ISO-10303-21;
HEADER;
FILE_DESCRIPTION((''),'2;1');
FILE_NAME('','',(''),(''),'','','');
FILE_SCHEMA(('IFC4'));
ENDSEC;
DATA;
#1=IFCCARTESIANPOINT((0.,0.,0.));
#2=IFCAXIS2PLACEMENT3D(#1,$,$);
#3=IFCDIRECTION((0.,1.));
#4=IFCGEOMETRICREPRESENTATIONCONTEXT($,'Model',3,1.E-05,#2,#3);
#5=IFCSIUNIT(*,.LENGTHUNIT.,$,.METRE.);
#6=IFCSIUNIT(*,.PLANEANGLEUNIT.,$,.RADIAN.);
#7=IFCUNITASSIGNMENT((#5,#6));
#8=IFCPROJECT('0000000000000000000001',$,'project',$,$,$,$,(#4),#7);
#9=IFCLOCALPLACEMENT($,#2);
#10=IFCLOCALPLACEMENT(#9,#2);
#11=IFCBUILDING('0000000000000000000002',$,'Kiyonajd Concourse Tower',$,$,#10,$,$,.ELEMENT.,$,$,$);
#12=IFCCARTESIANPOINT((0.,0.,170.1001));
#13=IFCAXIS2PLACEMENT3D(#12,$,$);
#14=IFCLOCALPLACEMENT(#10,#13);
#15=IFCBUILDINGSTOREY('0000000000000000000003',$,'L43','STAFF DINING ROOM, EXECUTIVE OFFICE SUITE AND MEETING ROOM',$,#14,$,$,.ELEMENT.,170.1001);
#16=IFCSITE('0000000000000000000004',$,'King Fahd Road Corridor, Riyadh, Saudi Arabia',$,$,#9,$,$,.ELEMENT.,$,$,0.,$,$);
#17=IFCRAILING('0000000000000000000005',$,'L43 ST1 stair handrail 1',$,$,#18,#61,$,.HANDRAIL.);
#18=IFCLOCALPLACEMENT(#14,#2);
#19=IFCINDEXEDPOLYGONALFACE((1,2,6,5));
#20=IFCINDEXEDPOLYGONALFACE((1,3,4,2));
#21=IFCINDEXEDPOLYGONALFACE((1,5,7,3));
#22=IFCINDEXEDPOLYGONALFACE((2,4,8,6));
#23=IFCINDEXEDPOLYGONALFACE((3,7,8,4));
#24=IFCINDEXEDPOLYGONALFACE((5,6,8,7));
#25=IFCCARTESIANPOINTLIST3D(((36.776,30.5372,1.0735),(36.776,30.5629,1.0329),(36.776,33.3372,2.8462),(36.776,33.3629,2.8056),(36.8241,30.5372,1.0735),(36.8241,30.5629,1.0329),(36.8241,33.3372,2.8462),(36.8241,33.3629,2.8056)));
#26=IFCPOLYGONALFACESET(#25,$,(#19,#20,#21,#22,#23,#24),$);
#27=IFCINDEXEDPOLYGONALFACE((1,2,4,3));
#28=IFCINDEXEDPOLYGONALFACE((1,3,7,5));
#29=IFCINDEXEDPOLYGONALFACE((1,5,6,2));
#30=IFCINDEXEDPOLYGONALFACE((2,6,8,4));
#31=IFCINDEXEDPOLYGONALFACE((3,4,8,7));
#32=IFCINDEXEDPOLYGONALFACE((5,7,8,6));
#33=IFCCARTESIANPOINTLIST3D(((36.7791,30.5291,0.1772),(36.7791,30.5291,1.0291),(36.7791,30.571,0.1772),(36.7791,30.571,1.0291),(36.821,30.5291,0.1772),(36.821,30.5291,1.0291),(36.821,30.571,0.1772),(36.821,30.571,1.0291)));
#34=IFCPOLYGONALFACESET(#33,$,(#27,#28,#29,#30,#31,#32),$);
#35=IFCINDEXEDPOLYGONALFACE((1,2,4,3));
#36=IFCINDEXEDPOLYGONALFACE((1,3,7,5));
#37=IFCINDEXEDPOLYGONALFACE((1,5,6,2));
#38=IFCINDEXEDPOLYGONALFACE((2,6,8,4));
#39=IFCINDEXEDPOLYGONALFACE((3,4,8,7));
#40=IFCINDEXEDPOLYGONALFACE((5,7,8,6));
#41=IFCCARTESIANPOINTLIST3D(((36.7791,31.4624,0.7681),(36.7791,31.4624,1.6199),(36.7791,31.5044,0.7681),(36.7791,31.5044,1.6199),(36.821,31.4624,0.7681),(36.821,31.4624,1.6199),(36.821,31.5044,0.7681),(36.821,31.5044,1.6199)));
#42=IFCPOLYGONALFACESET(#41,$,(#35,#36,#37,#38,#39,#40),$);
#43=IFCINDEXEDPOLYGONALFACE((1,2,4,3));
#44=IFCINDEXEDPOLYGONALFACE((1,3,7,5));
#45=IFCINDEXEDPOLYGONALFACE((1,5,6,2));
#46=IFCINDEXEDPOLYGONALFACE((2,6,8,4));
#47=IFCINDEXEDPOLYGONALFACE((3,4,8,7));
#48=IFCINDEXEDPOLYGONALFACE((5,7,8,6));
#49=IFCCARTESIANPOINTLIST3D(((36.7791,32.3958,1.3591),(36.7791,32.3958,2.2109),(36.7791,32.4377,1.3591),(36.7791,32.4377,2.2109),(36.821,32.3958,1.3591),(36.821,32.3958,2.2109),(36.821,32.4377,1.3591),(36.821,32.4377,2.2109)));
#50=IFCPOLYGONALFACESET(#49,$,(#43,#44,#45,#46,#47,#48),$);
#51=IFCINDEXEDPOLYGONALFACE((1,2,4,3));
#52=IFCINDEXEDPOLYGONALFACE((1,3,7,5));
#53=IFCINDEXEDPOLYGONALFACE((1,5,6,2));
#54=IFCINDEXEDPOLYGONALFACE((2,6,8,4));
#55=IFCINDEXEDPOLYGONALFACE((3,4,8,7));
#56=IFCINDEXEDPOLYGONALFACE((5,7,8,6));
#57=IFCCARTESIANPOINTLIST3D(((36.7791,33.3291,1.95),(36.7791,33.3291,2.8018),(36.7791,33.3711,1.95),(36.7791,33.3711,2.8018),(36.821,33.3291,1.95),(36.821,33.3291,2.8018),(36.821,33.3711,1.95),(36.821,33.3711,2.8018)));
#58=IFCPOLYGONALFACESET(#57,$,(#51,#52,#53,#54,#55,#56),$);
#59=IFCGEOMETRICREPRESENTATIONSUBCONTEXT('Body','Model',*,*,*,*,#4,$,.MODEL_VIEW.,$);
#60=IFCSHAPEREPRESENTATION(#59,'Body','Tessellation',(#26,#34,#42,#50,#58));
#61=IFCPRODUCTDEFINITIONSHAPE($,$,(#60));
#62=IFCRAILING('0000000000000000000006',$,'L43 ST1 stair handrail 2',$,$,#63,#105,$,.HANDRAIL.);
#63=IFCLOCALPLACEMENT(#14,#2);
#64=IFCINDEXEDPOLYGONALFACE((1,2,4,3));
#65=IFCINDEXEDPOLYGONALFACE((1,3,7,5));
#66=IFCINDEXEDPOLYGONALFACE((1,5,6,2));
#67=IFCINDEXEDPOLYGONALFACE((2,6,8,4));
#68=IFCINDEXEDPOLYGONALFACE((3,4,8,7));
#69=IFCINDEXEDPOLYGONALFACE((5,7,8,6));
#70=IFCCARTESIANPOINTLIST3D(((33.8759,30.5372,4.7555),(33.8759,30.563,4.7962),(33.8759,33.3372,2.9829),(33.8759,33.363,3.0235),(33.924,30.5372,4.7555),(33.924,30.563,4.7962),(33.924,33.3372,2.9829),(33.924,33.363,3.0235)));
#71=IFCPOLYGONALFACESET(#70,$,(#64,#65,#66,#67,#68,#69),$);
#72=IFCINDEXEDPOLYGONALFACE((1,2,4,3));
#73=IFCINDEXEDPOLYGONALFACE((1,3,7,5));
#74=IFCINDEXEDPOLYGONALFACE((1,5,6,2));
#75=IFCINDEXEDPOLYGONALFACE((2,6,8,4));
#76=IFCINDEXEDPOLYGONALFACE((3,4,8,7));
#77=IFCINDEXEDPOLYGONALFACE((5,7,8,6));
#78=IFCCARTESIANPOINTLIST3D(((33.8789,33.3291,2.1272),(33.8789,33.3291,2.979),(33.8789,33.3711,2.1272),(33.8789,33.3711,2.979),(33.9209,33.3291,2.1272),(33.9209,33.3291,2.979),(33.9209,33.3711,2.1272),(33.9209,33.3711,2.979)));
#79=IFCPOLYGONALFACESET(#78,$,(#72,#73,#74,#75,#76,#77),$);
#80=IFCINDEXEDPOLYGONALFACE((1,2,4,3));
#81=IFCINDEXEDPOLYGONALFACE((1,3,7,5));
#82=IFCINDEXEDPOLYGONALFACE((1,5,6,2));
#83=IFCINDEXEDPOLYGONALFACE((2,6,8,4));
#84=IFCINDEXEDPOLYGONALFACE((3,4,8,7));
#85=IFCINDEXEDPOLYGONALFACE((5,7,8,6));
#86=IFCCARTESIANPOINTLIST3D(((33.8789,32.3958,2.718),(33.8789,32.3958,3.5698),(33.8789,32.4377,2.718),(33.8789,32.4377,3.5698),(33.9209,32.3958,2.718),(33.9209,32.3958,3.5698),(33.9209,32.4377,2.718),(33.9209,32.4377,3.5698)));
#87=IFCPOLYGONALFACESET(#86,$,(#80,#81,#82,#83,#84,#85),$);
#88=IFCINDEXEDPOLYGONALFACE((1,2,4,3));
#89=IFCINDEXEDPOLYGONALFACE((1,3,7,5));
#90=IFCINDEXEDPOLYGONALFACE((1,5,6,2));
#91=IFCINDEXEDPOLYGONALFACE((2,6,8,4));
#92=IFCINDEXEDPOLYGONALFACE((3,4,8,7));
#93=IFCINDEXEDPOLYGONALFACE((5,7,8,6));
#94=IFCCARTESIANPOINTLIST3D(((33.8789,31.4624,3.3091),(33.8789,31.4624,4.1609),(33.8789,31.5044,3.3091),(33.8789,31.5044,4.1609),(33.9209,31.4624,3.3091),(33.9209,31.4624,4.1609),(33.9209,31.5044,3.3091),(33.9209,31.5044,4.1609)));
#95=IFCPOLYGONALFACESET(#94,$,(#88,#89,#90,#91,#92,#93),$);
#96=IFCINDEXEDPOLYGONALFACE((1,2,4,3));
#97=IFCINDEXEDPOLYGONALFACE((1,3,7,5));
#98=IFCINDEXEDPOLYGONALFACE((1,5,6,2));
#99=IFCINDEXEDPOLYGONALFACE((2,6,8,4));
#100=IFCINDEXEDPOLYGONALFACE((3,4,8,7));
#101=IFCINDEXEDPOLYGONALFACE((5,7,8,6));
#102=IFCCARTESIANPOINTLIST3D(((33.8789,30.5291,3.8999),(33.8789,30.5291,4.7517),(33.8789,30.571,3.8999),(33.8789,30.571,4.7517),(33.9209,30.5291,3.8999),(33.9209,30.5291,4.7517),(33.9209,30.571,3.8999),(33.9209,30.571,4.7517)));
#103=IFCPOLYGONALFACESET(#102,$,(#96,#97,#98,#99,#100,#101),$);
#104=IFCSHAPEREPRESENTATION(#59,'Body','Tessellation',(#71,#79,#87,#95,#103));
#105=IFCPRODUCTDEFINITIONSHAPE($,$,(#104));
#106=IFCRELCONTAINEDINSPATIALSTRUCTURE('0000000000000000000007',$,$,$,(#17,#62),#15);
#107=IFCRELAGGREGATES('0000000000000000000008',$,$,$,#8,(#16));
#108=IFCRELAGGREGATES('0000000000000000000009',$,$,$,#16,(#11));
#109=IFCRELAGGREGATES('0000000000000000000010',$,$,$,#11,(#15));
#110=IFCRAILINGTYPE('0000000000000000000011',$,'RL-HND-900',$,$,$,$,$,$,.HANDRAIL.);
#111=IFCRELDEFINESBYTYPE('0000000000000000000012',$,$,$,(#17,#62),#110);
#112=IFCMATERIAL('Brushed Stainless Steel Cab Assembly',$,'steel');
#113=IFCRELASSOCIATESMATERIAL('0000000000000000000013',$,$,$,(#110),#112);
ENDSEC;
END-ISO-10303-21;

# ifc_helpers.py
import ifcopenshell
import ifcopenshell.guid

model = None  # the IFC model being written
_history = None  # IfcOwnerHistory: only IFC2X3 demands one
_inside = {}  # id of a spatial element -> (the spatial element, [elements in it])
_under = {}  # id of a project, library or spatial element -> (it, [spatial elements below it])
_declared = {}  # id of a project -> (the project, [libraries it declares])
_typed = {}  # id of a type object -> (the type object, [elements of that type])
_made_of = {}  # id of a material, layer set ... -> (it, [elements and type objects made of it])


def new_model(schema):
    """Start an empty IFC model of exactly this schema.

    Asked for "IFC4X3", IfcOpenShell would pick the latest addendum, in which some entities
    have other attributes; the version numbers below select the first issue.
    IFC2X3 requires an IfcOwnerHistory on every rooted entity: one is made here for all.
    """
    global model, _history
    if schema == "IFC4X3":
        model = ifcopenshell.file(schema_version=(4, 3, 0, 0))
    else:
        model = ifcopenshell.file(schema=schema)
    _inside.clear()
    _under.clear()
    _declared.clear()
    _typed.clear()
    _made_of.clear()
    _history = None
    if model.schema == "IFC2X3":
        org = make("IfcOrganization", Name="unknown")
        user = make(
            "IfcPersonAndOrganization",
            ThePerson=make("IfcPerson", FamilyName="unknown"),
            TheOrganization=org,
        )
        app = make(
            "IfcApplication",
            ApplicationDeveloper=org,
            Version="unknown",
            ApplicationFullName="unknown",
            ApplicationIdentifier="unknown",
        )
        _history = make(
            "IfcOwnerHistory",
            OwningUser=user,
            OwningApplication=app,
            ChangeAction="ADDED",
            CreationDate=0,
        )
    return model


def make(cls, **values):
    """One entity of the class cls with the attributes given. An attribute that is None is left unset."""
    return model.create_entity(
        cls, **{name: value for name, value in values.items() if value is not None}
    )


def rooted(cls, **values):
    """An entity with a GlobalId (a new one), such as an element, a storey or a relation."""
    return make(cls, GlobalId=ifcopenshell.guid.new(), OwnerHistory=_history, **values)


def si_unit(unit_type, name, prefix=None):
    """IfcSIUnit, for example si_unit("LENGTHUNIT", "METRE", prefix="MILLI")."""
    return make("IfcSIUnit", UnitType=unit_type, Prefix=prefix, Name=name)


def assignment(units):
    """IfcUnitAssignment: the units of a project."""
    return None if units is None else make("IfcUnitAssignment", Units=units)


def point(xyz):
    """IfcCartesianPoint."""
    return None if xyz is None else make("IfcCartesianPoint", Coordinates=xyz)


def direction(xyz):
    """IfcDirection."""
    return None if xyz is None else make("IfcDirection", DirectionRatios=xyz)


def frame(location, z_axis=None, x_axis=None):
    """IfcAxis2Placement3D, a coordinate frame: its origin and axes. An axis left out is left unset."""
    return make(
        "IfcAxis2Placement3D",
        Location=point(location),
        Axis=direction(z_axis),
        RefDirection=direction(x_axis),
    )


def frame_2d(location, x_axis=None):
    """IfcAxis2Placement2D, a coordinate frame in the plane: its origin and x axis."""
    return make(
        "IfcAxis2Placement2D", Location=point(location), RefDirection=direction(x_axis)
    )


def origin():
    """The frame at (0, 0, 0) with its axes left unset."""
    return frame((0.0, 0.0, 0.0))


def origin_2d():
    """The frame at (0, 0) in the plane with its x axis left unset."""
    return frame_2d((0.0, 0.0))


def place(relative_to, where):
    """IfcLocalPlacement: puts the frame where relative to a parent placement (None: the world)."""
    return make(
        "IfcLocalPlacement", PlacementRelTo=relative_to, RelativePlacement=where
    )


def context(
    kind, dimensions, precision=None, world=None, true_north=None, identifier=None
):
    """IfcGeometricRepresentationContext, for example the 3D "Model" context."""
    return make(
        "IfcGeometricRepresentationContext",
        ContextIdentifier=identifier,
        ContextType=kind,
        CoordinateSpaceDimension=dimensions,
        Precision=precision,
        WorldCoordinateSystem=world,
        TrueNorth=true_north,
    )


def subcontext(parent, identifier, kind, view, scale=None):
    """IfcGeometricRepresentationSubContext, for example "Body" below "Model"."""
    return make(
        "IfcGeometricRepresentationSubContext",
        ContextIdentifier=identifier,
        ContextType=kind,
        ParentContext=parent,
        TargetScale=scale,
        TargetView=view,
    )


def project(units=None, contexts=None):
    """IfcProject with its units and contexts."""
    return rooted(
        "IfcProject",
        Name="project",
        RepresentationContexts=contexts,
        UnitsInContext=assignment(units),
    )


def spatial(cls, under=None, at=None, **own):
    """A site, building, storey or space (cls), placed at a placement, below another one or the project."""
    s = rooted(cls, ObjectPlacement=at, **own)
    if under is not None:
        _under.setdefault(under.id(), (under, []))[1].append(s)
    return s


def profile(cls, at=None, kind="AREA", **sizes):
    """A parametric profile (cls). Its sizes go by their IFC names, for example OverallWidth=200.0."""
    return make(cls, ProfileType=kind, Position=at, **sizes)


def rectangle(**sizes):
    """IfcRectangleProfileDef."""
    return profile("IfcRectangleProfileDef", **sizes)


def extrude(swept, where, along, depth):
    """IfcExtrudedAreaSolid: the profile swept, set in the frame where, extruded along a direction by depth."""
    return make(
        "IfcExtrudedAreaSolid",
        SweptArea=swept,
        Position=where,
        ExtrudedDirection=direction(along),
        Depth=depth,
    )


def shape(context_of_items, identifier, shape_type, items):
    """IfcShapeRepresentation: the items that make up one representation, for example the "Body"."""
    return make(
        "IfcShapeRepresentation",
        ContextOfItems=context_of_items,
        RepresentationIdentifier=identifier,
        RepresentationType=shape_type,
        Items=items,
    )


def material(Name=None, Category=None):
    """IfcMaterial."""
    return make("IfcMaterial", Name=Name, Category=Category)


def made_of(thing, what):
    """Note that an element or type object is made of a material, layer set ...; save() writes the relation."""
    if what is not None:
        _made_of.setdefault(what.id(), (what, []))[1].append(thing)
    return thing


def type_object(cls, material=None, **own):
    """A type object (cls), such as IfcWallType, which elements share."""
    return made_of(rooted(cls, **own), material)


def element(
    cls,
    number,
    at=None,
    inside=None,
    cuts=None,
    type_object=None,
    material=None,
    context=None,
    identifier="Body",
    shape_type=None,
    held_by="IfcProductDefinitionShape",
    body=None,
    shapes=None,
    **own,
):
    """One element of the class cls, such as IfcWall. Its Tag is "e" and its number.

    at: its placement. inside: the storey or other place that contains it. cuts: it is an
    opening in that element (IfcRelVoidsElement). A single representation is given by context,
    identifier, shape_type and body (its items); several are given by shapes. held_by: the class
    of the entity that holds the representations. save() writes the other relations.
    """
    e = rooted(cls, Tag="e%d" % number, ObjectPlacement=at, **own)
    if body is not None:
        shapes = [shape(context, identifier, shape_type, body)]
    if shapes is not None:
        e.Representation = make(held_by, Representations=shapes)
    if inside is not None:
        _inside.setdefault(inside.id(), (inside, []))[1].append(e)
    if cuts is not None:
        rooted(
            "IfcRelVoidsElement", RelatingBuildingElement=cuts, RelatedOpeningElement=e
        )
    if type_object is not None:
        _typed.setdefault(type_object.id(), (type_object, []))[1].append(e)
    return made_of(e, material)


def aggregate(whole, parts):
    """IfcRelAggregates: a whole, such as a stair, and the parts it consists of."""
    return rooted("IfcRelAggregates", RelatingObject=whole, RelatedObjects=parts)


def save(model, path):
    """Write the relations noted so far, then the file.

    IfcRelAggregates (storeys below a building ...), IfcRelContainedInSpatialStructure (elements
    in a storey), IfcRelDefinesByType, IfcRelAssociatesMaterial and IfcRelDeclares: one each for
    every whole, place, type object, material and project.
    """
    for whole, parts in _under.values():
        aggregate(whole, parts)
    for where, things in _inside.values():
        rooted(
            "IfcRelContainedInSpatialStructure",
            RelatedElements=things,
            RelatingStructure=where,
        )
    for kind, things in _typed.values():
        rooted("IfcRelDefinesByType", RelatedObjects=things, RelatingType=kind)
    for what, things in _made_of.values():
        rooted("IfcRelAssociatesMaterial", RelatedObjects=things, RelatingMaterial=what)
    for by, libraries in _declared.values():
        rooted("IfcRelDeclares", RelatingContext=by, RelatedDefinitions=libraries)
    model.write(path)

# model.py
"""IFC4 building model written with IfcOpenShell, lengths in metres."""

from ifc_helpers import new_model, si_unit, direction, frame, origin, origin_2d, place, context, subcontext, project, spatial, rectangle, extrude, material, type_object, element, save


model = new_model("IFC4")

# Units and contexts
model_context = context("Model", 3, precision=1e-05, world=origin(), true_north=direction((0.0, 1.0)))
body_context = subcontext(model_context, "Body", "Model", "MODEL_VIEW")
ifc_project = project(units=[si_unit("LENGTHUNIT", "METRE"), si_unit("PLANEANGLEUNIT", "RADIAN")], contexts=[model_context])

# Site, building, storey
site_placement = place(None, origin())
site = spatial("IfcSite", under=ifc_project, at=site_placement, Name="King Fahd Road Corridor, Riyadh, Saudi Arabia", CompositionType="ELEMENT", RefElevation=0.0)
building_placement = place(site_placement, origin())
building = spatial("IfcBuilding", under=site, at=building_placement, Name="Kiyonajd Concourse Tower", CompositionType="ELEMENT")
storey_placement = place(building_placement, frame((0.0, 0.0, 170.1001)))
storey = spatial("IfcBuildingStorey", under=building, at=storey_placement, Name="L43", Description="STAFF DINING ROOM, EXECUTIVE OFFICE SUITE AND MEETING ROOM", CompositionType="ELEMENT", Elevation=170.1001)

# Shared definitions
ifc_material_1 = material(Name="Brushed Stainless Steel Cab Assembly", Category="steel")

# Railings
railing_type_1 = type_object("IfcRailingType", Name="RL-HND-900", PredefinedType="HANDRAIL", material=ifc_material_1)
railing_1_placement = place(storey_placement, frame((36.8, 30.55, 0.1772)))
element("IfcRailing", 1, at=railing_1_placement, inside=storey, type_object=railing_type_1, Name="L43 ST1 stair handrail 1", PredefinedType="HANDRAIL", context=body_context, shape_type="SweptSolid", body=[
    extrude(rectangle(XDim=0.0481, YDim=0.0481, at=origin_2d()), frame((0.0, 0.0, 0.876), z_axis=(0.0, 0.844909, 0.53491), x_axis=(-1.0, 0.0, 0.0)), (0.0, 0.0, 1.0), 3.314),
    extrude(rectangle(XDim=0.042, YDim=0.042, at=origin_2d()), origin(), (0.0, 0.0, 1.0), 0.8518),
    extrude(rectangle(XDim=0.042, YDim=0.042, at=origin_2d()), frame((0.0, 0.9333, 0.5908)), (0.0, 0.0, 1.0), 0.8518),
    extrude(rectangle(XDim=0.042, YDim=0.042, at=origin_2d()), frame((0.0, 1.8667, 1.1819)), (0.0, 0.0, 1.0), 0.8518),
    extrude(rectangle(XDim=0.042, YDim=0.042, at=origin_2d()), frame((0.0, 2.8, 1.7727)), (0.0, 0.0, 1.0), 0.8518),
])
railing_2_placement = place(storey_placement, frame((33.8999, 33.3501, 2.1272)))
element("IfcRailing", 2, at=railing_2_placement, inside=storey, type_object=railing_type_1, Name="L43 ST1 stair handrail 2", PredefinedType="HANDRAIL", context=body_context, shape_type="SweptSolid", body=[
    extrude(rectangle(XDim=0.0481, YDim=0.0481, at=origin_2d()), frame((0.0, 0.0, 0.876), z_axis=(0.0, -0.844909, 0.53491), x_axis=(1.0, 0.0, 0.0)), (0.0, 0.0, 1.0), 3.314),
    extrude(rectangle(XDim=0.042, YDim=0.042, at=origin_2d()), origin(), (0.0, 0.0, 1.0), 0.8518),
    extrude(rectangle(XDim=0.042, YDim=0.042, at=origin_2d()), frame((0.0, -0.9333, 0.5908)), (0.0, 0.0, 1.0), 0.8518),
    extrude(rectangle(XDim=0.042, YDim=0.042, at=origin_2d()), frame((0.0, -1.8667, 1.1819)), (0.0, 0.0, 1.0), 0.8518),
    extrude(rectangle(XDim=0.042, YDim=0.042, at=origin_2d()), frame((0.0, -2.8, 1.7727)), (0.0, 0.0, 1.0), 0.8518),
])

save(model, "model.ifc")
